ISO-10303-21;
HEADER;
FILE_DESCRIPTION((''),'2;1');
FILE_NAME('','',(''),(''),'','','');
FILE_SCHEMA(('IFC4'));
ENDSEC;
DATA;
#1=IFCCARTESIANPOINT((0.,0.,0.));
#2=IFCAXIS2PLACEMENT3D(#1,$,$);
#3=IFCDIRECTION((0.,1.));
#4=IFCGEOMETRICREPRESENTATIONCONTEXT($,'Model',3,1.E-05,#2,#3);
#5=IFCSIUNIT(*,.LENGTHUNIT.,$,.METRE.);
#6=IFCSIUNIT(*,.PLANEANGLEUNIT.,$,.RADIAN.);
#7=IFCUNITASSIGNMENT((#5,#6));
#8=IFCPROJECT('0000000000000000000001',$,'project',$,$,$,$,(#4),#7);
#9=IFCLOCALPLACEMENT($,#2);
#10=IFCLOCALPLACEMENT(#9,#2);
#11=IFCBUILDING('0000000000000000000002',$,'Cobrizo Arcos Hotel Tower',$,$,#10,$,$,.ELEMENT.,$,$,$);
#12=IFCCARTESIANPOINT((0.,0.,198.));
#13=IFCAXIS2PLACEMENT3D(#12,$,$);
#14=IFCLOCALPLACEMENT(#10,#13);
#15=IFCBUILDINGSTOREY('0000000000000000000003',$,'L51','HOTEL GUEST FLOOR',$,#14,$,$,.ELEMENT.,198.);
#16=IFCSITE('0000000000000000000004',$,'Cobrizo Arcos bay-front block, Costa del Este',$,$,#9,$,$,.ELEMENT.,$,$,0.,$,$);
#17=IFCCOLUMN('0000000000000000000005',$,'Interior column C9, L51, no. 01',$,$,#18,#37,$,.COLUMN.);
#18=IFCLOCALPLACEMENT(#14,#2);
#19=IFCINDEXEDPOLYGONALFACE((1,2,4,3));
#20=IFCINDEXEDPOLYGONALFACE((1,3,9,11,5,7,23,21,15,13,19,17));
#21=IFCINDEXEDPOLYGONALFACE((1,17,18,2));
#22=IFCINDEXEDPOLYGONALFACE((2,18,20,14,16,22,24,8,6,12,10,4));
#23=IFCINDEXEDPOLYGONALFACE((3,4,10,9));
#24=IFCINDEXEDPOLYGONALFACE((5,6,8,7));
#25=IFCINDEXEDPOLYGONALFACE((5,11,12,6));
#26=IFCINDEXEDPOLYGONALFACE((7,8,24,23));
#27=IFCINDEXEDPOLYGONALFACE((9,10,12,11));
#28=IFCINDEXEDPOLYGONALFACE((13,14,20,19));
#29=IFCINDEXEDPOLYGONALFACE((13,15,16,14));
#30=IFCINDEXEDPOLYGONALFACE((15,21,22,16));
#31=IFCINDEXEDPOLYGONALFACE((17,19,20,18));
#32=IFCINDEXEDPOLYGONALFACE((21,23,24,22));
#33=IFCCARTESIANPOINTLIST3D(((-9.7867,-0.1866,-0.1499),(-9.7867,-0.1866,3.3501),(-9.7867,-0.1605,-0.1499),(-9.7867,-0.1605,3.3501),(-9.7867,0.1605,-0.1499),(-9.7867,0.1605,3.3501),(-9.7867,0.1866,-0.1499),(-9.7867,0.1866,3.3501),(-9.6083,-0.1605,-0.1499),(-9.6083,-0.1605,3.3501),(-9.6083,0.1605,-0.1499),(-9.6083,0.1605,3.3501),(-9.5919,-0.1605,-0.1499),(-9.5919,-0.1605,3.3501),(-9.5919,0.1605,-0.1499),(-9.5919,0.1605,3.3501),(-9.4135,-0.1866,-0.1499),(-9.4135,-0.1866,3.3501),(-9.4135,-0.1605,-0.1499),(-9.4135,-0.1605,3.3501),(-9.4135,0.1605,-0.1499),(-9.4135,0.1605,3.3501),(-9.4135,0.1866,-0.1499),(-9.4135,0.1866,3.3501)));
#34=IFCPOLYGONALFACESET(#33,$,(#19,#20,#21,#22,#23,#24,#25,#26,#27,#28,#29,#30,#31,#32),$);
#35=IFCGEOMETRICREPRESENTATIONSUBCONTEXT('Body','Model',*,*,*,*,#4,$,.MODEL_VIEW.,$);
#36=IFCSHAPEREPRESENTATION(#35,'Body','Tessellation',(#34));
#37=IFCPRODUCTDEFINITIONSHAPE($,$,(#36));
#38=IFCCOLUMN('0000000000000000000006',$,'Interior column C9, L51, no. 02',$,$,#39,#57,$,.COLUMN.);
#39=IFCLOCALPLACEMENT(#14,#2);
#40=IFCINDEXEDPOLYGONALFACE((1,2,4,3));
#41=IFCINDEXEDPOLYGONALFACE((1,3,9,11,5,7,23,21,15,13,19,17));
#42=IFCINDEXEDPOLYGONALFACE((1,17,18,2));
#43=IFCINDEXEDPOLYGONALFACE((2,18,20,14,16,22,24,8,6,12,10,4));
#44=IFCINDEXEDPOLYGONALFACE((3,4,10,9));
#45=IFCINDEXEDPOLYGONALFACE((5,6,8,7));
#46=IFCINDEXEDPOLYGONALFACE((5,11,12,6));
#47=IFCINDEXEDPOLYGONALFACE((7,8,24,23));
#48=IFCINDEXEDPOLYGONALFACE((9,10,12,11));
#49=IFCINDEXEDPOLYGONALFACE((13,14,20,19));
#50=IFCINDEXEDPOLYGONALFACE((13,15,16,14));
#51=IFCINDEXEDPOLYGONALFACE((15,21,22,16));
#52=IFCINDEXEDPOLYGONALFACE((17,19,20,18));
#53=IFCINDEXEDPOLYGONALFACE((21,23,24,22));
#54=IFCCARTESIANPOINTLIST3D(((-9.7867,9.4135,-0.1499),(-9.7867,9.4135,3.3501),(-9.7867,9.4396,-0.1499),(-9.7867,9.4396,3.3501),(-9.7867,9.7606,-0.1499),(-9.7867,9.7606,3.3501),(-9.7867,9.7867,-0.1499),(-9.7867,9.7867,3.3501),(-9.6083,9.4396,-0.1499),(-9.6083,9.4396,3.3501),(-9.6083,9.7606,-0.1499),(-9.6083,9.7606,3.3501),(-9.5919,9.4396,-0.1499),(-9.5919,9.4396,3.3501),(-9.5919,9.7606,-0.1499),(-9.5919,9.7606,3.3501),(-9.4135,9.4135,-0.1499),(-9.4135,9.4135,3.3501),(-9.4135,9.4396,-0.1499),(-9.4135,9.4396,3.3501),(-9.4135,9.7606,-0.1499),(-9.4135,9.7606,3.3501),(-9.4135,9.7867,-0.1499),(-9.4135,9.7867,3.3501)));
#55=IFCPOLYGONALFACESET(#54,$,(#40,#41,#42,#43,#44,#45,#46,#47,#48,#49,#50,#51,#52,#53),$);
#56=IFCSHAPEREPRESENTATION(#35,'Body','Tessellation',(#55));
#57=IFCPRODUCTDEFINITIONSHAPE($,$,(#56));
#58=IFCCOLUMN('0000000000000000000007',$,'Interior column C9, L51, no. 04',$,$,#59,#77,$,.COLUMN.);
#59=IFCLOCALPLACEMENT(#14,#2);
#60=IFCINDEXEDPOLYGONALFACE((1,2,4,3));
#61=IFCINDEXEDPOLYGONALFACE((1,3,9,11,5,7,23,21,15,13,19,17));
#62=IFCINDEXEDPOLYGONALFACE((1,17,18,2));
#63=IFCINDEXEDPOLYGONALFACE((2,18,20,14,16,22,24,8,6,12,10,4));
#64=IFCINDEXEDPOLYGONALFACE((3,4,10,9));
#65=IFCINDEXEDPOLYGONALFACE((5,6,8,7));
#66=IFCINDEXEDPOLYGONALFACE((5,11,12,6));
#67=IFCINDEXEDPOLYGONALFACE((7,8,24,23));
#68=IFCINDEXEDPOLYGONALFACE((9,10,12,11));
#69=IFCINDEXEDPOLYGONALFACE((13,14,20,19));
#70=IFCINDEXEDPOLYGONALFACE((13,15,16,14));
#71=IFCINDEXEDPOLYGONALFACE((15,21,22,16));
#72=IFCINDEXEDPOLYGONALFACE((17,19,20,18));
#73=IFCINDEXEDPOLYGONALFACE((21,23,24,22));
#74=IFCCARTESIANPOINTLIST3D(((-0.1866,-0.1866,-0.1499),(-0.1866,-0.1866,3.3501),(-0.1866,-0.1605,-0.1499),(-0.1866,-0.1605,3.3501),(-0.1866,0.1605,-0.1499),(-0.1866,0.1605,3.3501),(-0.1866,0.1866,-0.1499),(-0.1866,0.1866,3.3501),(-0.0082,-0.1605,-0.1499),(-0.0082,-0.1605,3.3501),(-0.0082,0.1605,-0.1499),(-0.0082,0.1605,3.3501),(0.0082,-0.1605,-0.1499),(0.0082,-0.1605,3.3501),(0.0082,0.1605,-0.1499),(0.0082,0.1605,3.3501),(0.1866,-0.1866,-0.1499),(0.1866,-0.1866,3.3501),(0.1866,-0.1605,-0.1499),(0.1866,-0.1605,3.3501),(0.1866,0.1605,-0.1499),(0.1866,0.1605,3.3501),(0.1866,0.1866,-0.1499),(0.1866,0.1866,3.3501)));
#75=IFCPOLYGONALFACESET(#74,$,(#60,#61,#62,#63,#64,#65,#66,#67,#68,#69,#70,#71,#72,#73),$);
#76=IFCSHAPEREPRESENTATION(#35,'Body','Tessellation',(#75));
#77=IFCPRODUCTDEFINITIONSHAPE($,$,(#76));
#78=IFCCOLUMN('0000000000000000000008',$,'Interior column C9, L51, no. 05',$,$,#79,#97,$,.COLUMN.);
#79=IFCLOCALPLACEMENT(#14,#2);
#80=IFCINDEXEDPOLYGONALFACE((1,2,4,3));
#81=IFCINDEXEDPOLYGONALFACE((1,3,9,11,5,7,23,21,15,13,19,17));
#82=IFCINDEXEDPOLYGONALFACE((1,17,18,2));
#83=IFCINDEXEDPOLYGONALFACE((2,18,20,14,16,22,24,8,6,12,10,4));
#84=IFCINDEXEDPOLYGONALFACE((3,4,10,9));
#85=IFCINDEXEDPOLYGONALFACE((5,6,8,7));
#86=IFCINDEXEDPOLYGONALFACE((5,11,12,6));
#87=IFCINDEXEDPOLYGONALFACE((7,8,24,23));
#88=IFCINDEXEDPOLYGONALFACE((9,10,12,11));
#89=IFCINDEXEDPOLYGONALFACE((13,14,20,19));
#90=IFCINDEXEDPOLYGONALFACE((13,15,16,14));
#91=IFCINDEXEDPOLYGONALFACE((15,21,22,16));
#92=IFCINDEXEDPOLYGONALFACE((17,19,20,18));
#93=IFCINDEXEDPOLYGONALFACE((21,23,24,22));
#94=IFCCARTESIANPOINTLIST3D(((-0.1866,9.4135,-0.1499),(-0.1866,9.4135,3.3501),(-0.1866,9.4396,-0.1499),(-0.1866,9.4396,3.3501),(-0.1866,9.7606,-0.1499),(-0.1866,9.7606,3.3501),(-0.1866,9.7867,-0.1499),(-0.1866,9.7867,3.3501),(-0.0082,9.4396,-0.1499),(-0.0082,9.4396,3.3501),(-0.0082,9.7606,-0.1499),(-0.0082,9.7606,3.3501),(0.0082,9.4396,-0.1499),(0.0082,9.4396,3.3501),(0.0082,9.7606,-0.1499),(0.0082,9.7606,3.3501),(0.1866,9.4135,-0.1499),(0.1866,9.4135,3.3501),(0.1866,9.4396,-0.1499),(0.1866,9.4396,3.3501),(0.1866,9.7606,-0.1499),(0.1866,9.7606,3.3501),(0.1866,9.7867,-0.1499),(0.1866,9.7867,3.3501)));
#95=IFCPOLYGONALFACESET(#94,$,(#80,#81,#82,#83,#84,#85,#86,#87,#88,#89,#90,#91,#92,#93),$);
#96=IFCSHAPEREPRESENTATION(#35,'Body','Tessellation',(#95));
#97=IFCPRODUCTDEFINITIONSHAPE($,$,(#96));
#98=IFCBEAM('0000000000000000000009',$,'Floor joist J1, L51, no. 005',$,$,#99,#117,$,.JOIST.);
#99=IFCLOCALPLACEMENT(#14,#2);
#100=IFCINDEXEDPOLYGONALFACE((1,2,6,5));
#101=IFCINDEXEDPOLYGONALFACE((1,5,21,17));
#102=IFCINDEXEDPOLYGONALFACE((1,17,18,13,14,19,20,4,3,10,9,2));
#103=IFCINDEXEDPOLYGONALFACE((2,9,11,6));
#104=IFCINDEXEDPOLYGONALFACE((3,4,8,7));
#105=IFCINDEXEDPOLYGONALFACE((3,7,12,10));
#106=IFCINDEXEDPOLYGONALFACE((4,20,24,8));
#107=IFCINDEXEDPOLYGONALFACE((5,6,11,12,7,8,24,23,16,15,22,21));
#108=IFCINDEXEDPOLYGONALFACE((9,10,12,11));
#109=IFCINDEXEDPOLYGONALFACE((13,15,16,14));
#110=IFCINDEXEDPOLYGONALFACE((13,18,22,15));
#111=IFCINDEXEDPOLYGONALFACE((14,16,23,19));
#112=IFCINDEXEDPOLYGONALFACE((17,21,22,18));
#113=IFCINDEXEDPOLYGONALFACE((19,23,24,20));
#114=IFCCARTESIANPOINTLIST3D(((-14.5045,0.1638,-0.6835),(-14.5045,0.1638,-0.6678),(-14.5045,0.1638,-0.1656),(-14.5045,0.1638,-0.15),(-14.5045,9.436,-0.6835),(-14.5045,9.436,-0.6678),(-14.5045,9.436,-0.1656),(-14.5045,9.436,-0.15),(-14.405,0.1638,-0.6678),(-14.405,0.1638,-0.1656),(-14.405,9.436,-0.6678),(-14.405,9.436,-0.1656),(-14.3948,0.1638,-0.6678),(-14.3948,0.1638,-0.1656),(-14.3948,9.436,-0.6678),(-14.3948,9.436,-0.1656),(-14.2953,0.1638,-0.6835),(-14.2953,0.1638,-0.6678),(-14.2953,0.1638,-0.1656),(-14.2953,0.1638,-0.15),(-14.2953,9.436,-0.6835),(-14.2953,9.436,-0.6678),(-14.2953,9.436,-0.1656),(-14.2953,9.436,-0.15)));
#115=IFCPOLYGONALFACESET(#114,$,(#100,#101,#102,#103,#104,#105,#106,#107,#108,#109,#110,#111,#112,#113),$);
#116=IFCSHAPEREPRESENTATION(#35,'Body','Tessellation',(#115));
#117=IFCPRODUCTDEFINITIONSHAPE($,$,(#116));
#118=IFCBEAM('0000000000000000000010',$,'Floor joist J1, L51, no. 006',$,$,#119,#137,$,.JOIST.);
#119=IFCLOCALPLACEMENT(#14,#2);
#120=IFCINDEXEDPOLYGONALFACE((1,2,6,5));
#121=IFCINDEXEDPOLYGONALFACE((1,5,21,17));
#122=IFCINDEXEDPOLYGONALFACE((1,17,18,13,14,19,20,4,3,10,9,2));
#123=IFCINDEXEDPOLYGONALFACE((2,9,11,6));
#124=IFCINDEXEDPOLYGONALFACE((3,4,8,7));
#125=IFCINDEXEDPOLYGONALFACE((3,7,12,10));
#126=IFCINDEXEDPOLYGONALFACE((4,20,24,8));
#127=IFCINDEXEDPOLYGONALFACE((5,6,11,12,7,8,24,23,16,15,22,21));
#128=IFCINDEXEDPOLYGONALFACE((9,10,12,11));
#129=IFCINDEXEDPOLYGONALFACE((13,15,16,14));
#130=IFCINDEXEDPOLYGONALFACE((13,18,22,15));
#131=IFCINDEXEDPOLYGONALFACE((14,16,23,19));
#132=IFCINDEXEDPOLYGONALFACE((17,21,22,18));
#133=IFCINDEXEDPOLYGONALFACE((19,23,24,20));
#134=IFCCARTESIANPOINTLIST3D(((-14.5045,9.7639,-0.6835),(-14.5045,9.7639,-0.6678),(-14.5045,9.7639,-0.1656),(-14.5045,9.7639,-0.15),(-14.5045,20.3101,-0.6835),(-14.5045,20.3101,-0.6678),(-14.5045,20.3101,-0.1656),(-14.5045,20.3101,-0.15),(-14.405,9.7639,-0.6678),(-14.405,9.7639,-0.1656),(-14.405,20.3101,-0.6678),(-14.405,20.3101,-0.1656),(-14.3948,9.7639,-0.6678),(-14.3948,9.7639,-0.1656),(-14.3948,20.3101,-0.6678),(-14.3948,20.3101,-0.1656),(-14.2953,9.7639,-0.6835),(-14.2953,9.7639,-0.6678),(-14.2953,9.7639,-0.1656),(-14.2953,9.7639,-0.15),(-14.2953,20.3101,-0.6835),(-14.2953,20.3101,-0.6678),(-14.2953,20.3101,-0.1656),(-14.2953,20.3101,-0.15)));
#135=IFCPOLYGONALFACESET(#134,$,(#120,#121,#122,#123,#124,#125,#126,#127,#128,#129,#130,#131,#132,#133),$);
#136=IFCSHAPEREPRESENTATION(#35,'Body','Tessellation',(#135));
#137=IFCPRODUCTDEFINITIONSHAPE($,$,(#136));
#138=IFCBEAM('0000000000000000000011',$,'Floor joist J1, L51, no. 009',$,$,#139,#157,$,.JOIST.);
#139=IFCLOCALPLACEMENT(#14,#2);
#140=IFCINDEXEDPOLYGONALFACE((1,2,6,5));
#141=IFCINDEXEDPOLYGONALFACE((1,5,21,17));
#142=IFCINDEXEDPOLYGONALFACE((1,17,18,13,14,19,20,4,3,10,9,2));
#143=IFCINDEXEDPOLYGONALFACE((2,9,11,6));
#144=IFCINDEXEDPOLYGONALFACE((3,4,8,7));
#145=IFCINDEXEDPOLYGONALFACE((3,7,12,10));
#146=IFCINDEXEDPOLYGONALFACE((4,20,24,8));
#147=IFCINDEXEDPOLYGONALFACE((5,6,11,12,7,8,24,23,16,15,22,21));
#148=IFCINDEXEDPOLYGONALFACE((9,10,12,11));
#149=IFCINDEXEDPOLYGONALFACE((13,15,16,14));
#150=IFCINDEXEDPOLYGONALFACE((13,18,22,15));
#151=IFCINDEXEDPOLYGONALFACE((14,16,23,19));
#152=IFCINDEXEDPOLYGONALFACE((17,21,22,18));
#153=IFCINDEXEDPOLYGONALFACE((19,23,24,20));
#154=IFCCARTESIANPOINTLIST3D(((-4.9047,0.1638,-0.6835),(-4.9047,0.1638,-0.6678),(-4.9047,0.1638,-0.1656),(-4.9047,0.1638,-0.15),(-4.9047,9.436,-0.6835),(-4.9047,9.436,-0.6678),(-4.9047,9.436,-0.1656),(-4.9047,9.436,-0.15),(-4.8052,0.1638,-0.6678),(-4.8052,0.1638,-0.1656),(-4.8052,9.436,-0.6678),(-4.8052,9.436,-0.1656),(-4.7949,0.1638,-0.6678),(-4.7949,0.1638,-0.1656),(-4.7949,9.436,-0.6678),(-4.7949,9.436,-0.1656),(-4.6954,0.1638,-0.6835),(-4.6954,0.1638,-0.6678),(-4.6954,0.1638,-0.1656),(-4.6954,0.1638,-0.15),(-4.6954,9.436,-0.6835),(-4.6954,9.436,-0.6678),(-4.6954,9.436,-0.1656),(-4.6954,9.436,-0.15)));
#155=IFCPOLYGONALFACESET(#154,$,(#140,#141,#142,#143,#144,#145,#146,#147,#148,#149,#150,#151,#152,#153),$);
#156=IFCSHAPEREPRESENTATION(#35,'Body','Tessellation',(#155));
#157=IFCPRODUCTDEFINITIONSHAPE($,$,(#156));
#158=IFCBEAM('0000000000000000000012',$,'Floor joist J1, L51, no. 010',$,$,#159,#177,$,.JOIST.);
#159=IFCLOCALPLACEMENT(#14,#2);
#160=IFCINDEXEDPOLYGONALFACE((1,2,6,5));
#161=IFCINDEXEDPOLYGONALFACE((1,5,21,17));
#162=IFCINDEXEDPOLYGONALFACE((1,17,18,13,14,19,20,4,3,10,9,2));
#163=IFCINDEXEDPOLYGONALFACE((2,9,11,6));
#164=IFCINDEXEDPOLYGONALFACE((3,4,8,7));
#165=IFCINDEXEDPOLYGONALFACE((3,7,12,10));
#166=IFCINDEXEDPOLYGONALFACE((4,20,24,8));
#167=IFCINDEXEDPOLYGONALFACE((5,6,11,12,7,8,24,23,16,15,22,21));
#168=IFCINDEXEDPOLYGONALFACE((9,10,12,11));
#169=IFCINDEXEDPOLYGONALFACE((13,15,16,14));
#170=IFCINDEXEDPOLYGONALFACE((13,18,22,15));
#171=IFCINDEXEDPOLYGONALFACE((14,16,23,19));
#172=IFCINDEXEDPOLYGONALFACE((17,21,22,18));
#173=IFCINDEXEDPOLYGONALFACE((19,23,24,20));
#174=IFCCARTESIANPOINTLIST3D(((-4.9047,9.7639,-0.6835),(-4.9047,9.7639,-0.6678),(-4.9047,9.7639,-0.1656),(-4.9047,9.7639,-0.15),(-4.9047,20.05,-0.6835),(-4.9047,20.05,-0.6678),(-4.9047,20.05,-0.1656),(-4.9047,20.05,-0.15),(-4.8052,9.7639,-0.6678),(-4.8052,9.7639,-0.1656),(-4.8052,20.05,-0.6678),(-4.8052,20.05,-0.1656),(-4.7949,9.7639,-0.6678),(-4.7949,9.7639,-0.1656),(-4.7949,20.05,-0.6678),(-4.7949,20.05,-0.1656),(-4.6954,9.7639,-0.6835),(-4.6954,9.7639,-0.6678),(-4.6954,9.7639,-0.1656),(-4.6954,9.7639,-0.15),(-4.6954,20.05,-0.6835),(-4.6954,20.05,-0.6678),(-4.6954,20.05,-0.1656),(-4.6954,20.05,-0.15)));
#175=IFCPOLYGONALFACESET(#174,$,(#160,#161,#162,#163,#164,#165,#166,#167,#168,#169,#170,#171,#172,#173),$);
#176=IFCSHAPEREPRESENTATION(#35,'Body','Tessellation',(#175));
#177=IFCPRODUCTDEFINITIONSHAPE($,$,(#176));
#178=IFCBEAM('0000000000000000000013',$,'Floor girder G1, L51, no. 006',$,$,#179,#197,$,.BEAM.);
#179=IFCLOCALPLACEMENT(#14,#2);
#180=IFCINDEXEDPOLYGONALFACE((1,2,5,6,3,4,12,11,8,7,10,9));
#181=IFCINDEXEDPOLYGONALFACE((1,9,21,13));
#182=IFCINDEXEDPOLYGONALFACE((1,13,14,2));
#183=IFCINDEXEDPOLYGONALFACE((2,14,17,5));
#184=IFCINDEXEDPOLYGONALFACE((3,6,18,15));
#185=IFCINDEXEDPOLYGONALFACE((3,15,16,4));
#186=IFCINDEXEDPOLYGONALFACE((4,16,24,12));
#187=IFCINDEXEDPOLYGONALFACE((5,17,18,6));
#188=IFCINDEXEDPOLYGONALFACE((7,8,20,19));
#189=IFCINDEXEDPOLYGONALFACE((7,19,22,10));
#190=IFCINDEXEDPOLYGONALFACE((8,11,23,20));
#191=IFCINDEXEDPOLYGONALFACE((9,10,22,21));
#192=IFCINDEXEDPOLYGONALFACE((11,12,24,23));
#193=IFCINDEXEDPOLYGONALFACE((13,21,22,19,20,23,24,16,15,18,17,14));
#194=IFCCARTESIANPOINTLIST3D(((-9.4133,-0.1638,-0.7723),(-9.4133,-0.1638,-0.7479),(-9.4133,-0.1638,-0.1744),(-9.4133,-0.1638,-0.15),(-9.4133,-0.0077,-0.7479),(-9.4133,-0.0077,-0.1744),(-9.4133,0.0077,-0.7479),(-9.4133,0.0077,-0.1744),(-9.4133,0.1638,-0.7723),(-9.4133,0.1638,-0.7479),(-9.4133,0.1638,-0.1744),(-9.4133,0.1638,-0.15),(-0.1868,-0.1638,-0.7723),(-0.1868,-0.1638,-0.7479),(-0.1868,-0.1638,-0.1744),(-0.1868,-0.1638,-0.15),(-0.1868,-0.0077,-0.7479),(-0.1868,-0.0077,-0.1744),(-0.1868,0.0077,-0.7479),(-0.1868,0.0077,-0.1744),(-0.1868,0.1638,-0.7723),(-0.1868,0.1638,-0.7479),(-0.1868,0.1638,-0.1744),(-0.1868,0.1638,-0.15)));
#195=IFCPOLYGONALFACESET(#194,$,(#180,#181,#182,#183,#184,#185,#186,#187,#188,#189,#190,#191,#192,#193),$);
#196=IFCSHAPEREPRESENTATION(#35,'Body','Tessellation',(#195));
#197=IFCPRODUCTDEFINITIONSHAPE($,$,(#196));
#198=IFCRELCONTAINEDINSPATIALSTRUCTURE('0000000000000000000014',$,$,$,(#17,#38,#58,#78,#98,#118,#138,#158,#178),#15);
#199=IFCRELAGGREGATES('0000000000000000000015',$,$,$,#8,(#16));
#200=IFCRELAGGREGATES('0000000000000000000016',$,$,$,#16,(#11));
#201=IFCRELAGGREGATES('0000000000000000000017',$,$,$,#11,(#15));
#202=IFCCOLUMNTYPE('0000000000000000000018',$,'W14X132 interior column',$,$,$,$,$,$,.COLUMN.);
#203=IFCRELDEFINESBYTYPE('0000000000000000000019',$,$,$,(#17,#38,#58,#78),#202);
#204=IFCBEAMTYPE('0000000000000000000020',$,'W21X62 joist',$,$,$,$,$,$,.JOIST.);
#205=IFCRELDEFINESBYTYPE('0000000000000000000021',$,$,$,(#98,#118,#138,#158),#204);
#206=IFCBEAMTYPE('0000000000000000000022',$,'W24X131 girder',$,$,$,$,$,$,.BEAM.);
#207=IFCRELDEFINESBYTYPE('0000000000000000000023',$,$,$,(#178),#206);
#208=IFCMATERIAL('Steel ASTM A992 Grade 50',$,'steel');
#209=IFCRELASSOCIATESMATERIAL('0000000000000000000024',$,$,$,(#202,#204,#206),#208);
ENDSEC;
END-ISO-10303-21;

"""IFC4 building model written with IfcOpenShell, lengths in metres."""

from ifc_helpers import new_model, si_unit, direction, frame, origin, origin_2d, place, context, subcontext, project, spatial, i_section, extrude, material, material_profile, profile_set, type_object, element, save


model = new_model("IFC4")

# Units and contexts
model_context = context("Model", 3, precision=1e-05, world=origin(), true_north=direction((0.0, 1.0)))
body_context = subcontext(model_context, "Body", "Model", "MODEL_VIEW")
ifc_project = project(units=[si_unit("LENGTHUNIT", "METRE"), si_unit("PLANEANGLEUNIT", "RADIAN")], contexts=[model_context])

# Site, building, storey
site_placement = place(None, origin())
site = spatial("IfcSite", under=ifc_project, at=site_placement, Name="Cobrizo Arcos bay-front block, Costa del Este", CompositionType="ELEMENT", RefElevation=0.0)
building_placement = place(site_placement, origin())
building = spatial("IfcBuilding", under=site, at=building_placement, Name="Cobrizo Arcos Hotel Tower", CompositionType="ELEMENT")
storey_placement = place(building_placement, frame((0.0, 0.0, 198.0)))
storey = spatial("IfcBuildingStorey", under=building, at=storey_placement, Name="L51", Description="HOTEL GUEST FLOOR", CompositionType="ELEMENT", Elevation=198.0)

# Columns
ifc_material_1 = material(Name="Steel ASTM A992 Grade 50", Category="steel")
ifc_material_profile_1 = material_profile(ifc_material_1, i_section(OverallWidth=0.3733, OverallDepth=0.3733, WebThickness=0.0164, FlangeThickness=0.0261, at=origin_2d()), Name="W14X132")
ifc_profile_set_1 = profile_set([ifc_material_profile_1], Name="Steel ASTM A992 Grade 50")
column_type = type_object("IfcColumnType", Name="W14X132 interior column", PredefinedType="COLUMN", material=ifc_profile_set_1)
for number, where, z_axis, x_axis, name in (
    (1, (-9.6001, 0.0, -0.1499), (0.0, 0.0, 1.0), (1.0, 0.0, 0.0), "Interior column C9, L51, no. 01"),
    (2, (-9.6001, 9.6001, -0.1499), (0.0, 0.0, 1.0), (1.0, 0.0, 0.0), "Interior column C9, L51, no. 02"),
    (3, (0.0, 0.0, -0.1499), (0.0, 0.0, 1.0), (1.0, 0.0, 0.0), "Interior column C9, L51, no. 04"),
    (4, (0.0, 9.6001, -0.1499), (0.0, 0.0, 1.0), (1.0, 0.0, 0.0), "Interior column C9, L51, no. 05"),
):
    element("IfcColumn", number, at=place(storey_placement, frame(where, z_axis=z_axis, x_axis=x_axis)), inside=storey, type_object=column_type, Name=name, PredefinedType="COLUMN", context=body_context, shape_type="SweptSolid", body=[
        extrude(i_section(OverallWidth=0.3733, OverallDepth=0.3733, WebThickness=0.0164, FlangeThickness=0.0261, at=origin_2d()), origin(), (0.0, 0.0, 1.0), 3.5),
    ])

# Beams
ifc_material_profile_2 = material_profile(ifc_material_1, i_section(OverallWidth=0.2092, OverallDepth=0.5334, WebThickness=0.0103, FlangeThickness=0.0156, at=origin_2d()), Name="W21X62")
ifc_profile_set_2 = profile_set([ifc_material_profile_2], Name="Steel ASTM A992 Grade 50")
beam_type_1 = type_object("IfcBeamType", Name="W21X62 joist", PredefinedType="JOIST", material=ifc_profile_set_2)
beam_1_placement = place(storey_placement, frame((-14.3999, 0.1638, -0.4167), z_axis=(0.0, 1.0, 0.0), x_axis=(-1.0, 0.0, 0.0)))
element("IfcBeam", 5, at=beam_1_placement, inside=storey, type_object=beam_type_1, Name="Floor joist J1, L51, no. 005", PredefinedType="JOIST", context=body_context, shape_type="SweptSolid", body=[
    extrude(i_section(OverallWidth=0.2092, OverallDepth=0.5334, WebThickness=0.0103, FlangeThickness=0.0156, at=origin_2d()), origin(), (0.0, 0.0, 1.0), 9.2722),
])
beam_2_placement = place(storey_placement, frame((-14.3999, 9.7639, -0.4167), z_axis=(0.0, 1.0, 0.0), x_axis=(-1.0, 0.0, 0.0)))
element("IfcBeam", 6, at=beam_2_placement, inside=storey, type_object=beam_type_1, Name="Floor joist J1, L51, no. 006", PredefinedType="JOIST", context=body_context, shape_type="SweptSolid", body=[
    extrude(i_section(OverallWidth=0.2092, OverallDepth=0.5334, WebThickness=0.0103, FlangeThickness=0.0156, at=origin_2d()), origin(), (0.0, 0.0, 1.0), 10.5461),
])
beam_3_placement = place(storey_placement, frame((-4.8, 0.1638, -0.4167), z_axis=(0.0, 1.0, 0.0), x_axis=(-1.0, 0.0, 0.0)))
element("IfcBeam", 7, at=beam_3_placement, inside=storey, type_object=beam_type_1, Name="Floor joist J1, L51, no. 009", PredefinedType="JOIST", context=body_context, shape_type="SweptSolid", body=[
    extrude(i_section(OverallWidth=0.2092, OverallDepth=0.5334, WebThickness=0.0103, FlangeThickness=0.0156, at=origin_2d()), origin(), (0.0, 0.0, 1.0), 9.2722),
])
beam_4_placement = place(storey_placement, frame((-4.8, 9.7639, -0.4167), z_axis=(0.0, 1.0, 0.0), x_axis=(-1.0, 0.0, 0.0)))
element("IfcBeam", 8, at=beam_4_placement, inside=storey, type_object=beam_type_1, Name="Floor joist J1, L51, no. 010", PredefinedType="JOIST", context=body_context, shape_type="SweptSolid", body=[
    extrude(i_section(OverallWidth=0.2092, OverallDepth=0.5334, WebThickness=0.0103, FlangeThickness=0.0156, at=origin_2d()), origin(), (0.0, 0.0, 1.0), 10.2861),
])
ifc_material_profile_3 = material_profile(ifc_material_1, i_section(OverallWidth=0.3276, OverallDepth=0.6223, WebThickness=0.0154, FlangeThickness=0.0244, at=origin_2d()), Name="W24X131")
ifc_profile_set_3 = profile_set([ifc_material_profile_3], Name="Steel ASTM A992 Grade 50")
beam_type_2 = type_object("IfcBeamType", Name="W24X131 girder", PredefinedType="BEAM", material=ifc_profile_set_3)
for number, where, z_axis, x_axis, name in (
    (9, (-9.4133, 0.0, -0.4612), (1.0, 0.0, 0.0), (0.0, 1.0, 0.0), "Floor girder G1, L51, no. 006"),
):
    element("IfcBeam", number, at=place(storey_placement, frame(where, z_axis=z_axis, x_axis=x_axis)), inside=storey, type_object=beam_type_2, Name=name, PredefinedType="BEAM", context=body_context, shape_type="SweptSolid", body=[
        extrude(i_section(OverallWidth=0.3276, OverallDepth=0.6223, WebThickness=0.0154, FlangeThickness=0.0244, at=origin_2d()), origin(), (0.0, 0.0, 1.0), 9.2266),
    ])

save(model, "model.ifc")
